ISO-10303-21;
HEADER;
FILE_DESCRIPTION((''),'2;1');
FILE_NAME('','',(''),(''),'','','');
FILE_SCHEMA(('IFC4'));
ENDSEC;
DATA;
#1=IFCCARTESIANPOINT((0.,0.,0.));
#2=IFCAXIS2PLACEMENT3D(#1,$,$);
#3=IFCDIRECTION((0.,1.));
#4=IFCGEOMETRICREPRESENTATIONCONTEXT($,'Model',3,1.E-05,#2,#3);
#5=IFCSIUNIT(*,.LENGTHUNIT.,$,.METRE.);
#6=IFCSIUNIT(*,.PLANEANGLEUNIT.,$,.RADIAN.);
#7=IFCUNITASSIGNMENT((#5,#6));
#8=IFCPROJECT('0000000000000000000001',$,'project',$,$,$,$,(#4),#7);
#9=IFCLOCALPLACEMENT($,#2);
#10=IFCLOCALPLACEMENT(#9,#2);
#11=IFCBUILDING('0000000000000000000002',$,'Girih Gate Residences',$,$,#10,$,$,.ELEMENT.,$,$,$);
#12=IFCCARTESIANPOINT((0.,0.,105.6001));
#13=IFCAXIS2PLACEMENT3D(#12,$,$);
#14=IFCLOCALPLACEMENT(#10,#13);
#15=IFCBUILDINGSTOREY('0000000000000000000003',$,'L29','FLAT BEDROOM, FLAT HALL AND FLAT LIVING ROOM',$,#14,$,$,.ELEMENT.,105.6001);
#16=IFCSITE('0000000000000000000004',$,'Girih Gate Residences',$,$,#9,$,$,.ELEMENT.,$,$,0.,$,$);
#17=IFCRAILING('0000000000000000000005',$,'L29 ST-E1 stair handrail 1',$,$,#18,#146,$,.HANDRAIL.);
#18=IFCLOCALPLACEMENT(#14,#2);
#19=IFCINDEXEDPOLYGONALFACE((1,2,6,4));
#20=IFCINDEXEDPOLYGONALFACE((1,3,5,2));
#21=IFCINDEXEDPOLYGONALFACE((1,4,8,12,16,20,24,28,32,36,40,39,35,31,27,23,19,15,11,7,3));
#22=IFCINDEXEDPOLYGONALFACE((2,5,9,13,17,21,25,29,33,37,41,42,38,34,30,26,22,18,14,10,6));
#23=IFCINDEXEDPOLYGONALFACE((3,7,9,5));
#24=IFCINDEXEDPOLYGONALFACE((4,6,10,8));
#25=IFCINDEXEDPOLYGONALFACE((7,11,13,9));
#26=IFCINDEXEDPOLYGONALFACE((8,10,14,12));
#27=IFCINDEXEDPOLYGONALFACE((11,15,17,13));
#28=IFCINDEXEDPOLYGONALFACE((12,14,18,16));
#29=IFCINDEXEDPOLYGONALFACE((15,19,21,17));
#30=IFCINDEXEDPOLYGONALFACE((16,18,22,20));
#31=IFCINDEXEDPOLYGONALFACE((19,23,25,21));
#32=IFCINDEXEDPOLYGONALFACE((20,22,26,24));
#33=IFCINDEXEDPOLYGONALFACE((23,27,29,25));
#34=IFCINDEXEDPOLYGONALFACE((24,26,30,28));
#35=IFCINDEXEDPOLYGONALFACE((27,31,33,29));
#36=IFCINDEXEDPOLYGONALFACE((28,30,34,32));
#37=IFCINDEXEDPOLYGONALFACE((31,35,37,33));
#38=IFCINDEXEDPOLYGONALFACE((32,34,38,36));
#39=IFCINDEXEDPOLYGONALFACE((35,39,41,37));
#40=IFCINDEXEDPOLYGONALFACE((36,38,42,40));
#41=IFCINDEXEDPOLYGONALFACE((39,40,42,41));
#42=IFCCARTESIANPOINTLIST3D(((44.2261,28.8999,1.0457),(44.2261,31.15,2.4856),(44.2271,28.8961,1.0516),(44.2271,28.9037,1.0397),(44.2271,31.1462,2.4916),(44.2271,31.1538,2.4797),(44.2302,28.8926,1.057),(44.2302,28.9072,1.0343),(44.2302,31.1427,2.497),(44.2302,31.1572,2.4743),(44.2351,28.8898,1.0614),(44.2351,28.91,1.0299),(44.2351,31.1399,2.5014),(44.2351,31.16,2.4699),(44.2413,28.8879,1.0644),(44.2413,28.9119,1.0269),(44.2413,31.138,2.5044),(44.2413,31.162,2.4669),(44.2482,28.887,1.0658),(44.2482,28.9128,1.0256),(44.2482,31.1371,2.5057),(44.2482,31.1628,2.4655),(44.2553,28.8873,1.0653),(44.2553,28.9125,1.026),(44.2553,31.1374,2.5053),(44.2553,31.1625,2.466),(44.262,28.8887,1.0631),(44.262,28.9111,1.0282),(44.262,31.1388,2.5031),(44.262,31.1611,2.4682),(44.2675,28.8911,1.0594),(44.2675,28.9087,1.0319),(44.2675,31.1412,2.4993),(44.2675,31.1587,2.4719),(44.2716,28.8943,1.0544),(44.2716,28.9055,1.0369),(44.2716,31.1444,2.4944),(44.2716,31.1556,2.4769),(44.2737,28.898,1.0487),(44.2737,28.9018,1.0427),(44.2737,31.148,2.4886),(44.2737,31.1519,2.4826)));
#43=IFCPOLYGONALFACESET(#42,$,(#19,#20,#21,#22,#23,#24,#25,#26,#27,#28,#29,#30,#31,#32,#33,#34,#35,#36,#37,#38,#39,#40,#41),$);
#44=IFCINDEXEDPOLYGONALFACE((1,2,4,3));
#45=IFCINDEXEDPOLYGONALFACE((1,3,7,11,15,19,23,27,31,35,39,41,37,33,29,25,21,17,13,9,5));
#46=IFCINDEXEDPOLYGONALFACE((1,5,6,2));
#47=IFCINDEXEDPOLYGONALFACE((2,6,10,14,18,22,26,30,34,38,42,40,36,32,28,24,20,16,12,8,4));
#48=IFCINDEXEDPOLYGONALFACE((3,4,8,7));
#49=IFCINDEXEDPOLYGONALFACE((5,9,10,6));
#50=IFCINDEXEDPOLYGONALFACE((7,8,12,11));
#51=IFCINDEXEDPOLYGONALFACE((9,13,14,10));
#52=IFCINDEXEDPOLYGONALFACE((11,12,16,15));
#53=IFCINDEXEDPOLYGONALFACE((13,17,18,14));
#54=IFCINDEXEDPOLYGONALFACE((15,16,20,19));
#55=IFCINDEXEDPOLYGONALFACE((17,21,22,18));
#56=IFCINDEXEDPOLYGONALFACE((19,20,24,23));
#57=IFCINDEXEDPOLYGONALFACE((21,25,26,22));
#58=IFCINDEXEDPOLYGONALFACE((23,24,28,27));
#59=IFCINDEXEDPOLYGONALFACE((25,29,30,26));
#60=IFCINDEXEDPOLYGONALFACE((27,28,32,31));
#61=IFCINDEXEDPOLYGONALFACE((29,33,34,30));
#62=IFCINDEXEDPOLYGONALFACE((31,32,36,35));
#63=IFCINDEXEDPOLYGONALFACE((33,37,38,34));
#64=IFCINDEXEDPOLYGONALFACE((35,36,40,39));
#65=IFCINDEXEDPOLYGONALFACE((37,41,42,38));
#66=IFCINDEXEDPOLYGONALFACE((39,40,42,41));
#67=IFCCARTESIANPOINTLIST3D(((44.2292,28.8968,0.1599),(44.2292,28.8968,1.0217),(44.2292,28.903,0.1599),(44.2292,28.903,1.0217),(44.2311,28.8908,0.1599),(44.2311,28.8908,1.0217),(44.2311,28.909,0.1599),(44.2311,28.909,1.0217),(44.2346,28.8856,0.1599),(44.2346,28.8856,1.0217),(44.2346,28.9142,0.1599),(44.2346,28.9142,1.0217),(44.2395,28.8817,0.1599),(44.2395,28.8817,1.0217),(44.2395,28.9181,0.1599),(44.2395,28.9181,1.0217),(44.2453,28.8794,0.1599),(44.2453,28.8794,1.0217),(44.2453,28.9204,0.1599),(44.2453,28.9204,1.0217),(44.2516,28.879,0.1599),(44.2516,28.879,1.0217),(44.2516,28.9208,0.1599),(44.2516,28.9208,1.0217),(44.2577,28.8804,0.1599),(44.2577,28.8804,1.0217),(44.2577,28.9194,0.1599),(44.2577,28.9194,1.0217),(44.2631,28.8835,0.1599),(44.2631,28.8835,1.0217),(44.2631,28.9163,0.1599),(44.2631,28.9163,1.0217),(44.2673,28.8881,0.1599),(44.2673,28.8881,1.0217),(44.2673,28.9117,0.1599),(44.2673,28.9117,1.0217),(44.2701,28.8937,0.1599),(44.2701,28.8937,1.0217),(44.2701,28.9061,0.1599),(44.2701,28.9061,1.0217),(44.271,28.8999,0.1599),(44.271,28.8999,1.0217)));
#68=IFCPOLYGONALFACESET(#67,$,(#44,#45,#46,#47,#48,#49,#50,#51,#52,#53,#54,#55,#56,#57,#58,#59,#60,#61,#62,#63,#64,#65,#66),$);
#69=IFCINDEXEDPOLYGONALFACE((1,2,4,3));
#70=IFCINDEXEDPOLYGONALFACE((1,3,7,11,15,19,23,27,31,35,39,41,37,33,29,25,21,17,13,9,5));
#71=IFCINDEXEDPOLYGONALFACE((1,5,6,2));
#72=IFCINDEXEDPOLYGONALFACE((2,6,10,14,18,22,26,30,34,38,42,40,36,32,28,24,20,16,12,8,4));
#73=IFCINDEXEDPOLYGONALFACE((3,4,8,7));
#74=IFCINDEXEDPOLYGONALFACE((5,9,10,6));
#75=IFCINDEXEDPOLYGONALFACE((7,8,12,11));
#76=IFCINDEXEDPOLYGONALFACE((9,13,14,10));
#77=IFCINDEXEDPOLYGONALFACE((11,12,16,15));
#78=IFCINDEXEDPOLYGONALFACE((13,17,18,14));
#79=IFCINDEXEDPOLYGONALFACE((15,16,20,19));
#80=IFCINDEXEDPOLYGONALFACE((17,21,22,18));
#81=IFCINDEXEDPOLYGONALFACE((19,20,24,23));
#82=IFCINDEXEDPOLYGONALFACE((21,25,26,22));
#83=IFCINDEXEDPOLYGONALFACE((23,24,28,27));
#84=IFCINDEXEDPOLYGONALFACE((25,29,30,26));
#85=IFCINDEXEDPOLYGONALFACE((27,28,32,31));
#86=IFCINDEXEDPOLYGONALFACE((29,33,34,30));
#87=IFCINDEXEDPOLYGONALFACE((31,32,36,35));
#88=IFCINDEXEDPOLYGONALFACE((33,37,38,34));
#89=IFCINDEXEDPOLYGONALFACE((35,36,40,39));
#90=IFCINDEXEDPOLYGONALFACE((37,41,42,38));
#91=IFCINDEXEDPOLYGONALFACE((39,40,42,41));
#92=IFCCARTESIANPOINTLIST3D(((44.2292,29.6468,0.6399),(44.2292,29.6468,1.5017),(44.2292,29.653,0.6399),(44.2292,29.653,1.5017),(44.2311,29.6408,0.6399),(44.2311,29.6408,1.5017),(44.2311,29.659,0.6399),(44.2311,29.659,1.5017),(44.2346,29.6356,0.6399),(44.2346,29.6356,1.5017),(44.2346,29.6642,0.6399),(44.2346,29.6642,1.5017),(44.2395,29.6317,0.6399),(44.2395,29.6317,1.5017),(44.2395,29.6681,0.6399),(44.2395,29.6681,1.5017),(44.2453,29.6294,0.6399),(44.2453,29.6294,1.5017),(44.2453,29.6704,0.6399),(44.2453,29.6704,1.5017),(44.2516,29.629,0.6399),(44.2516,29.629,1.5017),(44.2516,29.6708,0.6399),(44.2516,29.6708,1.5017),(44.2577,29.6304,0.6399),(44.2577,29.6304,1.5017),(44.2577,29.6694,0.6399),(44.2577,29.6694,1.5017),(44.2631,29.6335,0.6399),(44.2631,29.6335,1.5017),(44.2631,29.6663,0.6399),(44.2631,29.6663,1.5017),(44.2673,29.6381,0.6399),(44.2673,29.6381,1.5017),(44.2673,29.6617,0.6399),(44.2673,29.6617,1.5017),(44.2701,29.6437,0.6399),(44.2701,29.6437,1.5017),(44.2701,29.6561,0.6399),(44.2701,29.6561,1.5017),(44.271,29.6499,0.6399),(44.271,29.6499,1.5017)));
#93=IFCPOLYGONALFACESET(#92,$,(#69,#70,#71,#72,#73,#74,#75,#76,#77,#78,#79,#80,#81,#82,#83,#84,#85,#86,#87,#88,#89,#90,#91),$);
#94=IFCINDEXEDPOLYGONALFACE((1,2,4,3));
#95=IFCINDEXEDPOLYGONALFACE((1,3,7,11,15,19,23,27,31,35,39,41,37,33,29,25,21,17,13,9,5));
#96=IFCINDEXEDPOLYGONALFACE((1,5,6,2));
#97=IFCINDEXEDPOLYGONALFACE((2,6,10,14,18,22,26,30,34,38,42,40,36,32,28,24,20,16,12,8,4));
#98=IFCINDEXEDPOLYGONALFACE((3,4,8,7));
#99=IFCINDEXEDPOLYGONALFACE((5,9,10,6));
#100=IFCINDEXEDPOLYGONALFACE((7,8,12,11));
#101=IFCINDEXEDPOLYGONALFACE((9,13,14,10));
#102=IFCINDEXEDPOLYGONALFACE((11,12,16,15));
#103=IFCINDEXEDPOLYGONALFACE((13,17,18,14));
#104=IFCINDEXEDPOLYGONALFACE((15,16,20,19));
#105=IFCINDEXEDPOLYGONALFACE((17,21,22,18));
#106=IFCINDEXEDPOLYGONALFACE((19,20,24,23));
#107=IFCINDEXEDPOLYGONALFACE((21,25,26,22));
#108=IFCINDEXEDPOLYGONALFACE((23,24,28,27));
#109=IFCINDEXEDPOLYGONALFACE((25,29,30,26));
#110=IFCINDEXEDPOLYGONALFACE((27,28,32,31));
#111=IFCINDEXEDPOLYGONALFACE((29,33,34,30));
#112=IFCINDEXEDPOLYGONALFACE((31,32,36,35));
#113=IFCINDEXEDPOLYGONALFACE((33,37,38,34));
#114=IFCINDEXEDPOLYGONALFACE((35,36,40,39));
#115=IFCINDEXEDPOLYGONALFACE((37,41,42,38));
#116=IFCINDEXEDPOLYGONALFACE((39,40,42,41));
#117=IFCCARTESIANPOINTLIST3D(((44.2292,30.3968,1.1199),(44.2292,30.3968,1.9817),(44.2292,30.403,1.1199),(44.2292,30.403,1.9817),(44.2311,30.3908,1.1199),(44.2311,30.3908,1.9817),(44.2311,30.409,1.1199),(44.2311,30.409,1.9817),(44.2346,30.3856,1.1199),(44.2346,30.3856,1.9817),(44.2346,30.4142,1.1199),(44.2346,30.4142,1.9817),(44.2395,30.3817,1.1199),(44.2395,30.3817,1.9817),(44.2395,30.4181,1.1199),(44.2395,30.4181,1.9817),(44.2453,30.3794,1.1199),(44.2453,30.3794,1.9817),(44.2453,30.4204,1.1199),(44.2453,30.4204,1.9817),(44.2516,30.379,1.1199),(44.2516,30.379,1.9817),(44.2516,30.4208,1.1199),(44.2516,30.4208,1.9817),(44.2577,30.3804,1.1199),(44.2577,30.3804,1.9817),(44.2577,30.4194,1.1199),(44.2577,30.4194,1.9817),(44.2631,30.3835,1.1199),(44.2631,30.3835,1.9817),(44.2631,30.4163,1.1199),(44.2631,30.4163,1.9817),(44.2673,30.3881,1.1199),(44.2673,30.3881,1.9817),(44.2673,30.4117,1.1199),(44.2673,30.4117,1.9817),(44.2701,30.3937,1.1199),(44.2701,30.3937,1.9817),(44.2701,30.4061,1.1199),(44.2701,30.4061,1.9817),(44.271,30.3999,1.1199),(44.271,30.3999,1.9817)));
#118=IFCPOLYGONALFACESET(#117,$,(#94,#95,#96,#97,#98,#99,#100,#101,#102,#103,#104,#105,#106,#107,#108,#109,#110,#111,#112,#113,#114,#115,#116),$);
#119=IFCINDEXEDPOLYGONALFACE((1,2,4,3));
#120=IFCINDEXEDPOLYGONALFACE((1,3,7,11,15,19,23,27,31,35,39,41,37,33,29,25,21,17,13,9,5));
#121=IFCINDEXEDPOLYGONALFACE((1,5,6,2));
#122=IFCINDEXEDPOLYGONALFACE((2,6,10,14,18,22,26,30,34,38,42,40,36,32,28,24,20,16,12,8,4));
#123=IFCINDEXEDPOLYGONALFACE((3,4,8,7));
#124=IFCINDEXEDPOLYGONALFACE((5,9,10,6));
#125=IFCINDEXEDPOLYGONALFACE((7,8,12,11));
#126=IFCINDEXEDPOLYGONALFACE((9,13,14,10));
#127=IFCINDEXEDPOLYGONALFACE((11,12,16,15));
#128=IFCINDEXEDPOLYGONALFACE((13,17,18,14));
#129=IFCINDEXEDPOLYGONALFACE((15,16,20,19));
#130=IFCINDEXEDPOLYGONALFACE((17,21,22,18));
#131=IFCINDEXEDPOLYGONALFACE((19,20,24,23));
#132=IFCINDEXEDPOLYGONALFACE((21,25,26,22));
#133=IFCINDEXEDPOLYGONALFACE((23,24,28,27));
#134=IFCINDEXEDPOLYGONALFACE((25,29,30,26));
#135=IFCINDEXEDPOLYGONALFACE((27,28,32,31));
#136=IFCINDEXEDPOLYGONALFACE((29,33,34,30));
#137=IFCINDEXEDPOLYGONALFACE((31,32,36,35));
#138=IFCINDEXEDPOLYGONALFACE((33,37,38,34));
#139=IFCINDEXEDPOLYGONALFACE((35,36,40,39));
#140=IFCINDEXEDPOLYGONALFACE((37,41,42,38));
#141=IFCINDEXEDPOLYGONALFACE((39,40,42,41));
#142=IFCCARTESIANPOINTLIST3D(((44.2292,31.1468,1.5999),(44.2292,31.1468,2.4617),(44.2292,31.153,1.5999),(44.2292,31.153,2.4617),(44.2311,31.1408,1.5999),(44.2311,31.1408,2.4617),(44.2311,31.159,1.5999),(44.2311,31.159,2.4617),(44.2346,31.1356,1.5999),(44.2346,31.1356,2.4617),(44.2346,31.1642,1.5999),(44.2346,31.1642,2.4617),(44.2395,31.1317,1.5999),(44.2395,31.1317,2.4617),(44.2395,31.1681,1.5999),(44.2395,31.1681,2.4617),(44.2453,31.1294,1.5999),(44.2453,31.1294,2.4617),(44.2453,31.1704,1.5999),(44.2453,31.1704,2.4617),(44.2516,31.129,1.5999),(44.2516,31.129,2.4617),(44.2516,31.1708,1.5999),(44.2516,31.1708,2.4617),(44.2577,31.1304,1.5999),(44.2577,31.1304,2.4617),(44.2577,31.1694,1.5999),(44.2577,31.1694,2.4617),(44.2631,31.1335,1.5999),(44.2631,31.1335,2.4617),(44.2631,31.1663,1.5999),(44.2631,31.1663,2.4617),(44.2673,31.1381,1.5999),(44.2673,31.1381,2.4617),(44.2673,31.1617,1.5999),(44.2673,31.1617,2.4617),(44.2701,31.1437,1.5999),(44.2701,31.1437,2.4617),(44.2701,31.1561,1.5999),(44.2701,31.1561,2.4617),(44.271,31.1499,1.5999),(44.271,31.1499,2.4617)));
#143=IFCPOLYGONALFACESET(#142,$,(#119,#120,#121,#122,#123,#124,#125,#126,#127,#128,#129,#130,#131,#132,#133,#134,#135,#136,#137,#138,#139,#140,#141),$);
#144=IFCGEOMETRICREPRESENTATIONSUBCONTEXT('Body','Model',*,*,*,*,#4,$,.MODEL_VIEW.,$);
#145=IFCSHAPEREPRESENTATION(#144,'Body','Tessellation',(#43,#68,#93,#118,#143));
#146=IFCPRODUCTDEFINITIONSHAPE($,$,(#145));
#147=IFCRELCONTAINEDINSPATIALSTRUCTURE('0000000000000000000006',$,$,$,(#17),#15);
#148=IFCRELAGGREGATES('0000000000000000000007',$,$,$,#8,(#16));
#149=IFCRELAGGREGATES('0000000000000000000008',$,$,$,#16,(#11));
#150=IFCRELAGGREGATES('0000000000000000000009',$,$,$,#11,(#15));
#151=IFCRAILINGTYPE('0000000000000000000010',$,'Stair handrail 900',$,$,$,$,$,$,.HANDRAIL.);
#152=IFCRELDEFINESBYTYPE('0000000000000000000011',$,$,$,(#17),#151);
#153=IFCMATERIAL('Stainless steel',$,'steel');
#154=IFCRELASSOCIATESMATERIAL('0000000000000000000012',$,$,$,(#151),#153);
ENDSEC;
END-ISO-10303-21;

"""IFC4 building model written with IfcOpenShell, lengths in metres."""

from ifc_helpers import new_model, si_unit, direction, frame, origin, origin_2d, place, context, subcontext, project, spatial, circle, extrude, material, type_object, element, save


model = new_model("IFC4")

# Units and contexts
model_context = context("Model", 3, precision=1e-05, world=origin(), true_north=direction((0.0, 1.0)))
body_context = subcontext(model_context, "Body", "Model", "MODEL_VIEW")
ifc_project = project(units=[si_unit("LENGTHUNIT", "METRE"), si_unit("PLANEANGLEUNIT", "RADIAN")], contexts=[model_context])

# Site, building, storey
site_placement = place(None, origin())
site = spatial("IfcSite", under=ifc_project, at=site_placement, Name="Girih Gate Residences", CompositionType="ELEMENT", RefElevation=0.0)
building_placement = place(site_placement, origin())
building = spatial("IfcBuilding", under=site, at=building_placement, Name="Girih Gate Residences", CompositionType="ELEMENT")
storey_placement = place(building_placement, frame((0.0, 0.0, 105.6001)))
storey = spatial("IfcBuildingStorey", under=building, at=storey_placement, Name="L29", Description="FLAT BEDROOM, FLAT HALL AND FLAT LIVING ROOM", CompositionType="ELEMENT", Elevation=105.6001)

# Railing
ifc_material_1 = material(Name="Stainless steel", Category="steel")
railing_type_1 = type_object("IfcRailingType", Name="Stair handrail 900", PredefinedType="HANDRAIL", material=ifc_material_1)
railing_1_placement = place(storey_placement, frame((44.25, 28.8999, 0.1599)))
element("IfcRailing", 1, at=railing_1_placement, inside=storey, type_object=railing_type_1, Name="L29 ST-E1 stair handrail 1", PredefinedType="HANDRAIL", context=body_context, shape_type="SweptSolid", body=[
    extrude(circle(Radius=0.0239, at=origin_2d()), frame((0.0, 0.0, 0.8857), z_axis=(0.0, 0.842281, 0.539038), x_axis=(-1.0, 0.0, 0.0)), (0.0, 0.0, 1.0), 2.6714),
    extrude(circle(Radius=0.021, at=origin_2d()), origin(), (0.0, 0.0, 1.0), 0.8618),
    extrude(circle(Radius=0.021, at=origin_2d()), frame((0.0, 0.75, 0.48)), (0.0, 0.0, 1.0), 0.8618),
    extrude(circle(Radius=0.021, at=origin_2d()), frame((0.0, 1.5, 0.96)), (0.0, 0.0, 1.0), 0.8618),
    extrude(circle(Radius=0.021, at=origin_2d()), frame((0.0, 2.25, 1.4399)), (0.0, 0.0, 1.0), 0.8618),
])

save(model, "model.ifc")
